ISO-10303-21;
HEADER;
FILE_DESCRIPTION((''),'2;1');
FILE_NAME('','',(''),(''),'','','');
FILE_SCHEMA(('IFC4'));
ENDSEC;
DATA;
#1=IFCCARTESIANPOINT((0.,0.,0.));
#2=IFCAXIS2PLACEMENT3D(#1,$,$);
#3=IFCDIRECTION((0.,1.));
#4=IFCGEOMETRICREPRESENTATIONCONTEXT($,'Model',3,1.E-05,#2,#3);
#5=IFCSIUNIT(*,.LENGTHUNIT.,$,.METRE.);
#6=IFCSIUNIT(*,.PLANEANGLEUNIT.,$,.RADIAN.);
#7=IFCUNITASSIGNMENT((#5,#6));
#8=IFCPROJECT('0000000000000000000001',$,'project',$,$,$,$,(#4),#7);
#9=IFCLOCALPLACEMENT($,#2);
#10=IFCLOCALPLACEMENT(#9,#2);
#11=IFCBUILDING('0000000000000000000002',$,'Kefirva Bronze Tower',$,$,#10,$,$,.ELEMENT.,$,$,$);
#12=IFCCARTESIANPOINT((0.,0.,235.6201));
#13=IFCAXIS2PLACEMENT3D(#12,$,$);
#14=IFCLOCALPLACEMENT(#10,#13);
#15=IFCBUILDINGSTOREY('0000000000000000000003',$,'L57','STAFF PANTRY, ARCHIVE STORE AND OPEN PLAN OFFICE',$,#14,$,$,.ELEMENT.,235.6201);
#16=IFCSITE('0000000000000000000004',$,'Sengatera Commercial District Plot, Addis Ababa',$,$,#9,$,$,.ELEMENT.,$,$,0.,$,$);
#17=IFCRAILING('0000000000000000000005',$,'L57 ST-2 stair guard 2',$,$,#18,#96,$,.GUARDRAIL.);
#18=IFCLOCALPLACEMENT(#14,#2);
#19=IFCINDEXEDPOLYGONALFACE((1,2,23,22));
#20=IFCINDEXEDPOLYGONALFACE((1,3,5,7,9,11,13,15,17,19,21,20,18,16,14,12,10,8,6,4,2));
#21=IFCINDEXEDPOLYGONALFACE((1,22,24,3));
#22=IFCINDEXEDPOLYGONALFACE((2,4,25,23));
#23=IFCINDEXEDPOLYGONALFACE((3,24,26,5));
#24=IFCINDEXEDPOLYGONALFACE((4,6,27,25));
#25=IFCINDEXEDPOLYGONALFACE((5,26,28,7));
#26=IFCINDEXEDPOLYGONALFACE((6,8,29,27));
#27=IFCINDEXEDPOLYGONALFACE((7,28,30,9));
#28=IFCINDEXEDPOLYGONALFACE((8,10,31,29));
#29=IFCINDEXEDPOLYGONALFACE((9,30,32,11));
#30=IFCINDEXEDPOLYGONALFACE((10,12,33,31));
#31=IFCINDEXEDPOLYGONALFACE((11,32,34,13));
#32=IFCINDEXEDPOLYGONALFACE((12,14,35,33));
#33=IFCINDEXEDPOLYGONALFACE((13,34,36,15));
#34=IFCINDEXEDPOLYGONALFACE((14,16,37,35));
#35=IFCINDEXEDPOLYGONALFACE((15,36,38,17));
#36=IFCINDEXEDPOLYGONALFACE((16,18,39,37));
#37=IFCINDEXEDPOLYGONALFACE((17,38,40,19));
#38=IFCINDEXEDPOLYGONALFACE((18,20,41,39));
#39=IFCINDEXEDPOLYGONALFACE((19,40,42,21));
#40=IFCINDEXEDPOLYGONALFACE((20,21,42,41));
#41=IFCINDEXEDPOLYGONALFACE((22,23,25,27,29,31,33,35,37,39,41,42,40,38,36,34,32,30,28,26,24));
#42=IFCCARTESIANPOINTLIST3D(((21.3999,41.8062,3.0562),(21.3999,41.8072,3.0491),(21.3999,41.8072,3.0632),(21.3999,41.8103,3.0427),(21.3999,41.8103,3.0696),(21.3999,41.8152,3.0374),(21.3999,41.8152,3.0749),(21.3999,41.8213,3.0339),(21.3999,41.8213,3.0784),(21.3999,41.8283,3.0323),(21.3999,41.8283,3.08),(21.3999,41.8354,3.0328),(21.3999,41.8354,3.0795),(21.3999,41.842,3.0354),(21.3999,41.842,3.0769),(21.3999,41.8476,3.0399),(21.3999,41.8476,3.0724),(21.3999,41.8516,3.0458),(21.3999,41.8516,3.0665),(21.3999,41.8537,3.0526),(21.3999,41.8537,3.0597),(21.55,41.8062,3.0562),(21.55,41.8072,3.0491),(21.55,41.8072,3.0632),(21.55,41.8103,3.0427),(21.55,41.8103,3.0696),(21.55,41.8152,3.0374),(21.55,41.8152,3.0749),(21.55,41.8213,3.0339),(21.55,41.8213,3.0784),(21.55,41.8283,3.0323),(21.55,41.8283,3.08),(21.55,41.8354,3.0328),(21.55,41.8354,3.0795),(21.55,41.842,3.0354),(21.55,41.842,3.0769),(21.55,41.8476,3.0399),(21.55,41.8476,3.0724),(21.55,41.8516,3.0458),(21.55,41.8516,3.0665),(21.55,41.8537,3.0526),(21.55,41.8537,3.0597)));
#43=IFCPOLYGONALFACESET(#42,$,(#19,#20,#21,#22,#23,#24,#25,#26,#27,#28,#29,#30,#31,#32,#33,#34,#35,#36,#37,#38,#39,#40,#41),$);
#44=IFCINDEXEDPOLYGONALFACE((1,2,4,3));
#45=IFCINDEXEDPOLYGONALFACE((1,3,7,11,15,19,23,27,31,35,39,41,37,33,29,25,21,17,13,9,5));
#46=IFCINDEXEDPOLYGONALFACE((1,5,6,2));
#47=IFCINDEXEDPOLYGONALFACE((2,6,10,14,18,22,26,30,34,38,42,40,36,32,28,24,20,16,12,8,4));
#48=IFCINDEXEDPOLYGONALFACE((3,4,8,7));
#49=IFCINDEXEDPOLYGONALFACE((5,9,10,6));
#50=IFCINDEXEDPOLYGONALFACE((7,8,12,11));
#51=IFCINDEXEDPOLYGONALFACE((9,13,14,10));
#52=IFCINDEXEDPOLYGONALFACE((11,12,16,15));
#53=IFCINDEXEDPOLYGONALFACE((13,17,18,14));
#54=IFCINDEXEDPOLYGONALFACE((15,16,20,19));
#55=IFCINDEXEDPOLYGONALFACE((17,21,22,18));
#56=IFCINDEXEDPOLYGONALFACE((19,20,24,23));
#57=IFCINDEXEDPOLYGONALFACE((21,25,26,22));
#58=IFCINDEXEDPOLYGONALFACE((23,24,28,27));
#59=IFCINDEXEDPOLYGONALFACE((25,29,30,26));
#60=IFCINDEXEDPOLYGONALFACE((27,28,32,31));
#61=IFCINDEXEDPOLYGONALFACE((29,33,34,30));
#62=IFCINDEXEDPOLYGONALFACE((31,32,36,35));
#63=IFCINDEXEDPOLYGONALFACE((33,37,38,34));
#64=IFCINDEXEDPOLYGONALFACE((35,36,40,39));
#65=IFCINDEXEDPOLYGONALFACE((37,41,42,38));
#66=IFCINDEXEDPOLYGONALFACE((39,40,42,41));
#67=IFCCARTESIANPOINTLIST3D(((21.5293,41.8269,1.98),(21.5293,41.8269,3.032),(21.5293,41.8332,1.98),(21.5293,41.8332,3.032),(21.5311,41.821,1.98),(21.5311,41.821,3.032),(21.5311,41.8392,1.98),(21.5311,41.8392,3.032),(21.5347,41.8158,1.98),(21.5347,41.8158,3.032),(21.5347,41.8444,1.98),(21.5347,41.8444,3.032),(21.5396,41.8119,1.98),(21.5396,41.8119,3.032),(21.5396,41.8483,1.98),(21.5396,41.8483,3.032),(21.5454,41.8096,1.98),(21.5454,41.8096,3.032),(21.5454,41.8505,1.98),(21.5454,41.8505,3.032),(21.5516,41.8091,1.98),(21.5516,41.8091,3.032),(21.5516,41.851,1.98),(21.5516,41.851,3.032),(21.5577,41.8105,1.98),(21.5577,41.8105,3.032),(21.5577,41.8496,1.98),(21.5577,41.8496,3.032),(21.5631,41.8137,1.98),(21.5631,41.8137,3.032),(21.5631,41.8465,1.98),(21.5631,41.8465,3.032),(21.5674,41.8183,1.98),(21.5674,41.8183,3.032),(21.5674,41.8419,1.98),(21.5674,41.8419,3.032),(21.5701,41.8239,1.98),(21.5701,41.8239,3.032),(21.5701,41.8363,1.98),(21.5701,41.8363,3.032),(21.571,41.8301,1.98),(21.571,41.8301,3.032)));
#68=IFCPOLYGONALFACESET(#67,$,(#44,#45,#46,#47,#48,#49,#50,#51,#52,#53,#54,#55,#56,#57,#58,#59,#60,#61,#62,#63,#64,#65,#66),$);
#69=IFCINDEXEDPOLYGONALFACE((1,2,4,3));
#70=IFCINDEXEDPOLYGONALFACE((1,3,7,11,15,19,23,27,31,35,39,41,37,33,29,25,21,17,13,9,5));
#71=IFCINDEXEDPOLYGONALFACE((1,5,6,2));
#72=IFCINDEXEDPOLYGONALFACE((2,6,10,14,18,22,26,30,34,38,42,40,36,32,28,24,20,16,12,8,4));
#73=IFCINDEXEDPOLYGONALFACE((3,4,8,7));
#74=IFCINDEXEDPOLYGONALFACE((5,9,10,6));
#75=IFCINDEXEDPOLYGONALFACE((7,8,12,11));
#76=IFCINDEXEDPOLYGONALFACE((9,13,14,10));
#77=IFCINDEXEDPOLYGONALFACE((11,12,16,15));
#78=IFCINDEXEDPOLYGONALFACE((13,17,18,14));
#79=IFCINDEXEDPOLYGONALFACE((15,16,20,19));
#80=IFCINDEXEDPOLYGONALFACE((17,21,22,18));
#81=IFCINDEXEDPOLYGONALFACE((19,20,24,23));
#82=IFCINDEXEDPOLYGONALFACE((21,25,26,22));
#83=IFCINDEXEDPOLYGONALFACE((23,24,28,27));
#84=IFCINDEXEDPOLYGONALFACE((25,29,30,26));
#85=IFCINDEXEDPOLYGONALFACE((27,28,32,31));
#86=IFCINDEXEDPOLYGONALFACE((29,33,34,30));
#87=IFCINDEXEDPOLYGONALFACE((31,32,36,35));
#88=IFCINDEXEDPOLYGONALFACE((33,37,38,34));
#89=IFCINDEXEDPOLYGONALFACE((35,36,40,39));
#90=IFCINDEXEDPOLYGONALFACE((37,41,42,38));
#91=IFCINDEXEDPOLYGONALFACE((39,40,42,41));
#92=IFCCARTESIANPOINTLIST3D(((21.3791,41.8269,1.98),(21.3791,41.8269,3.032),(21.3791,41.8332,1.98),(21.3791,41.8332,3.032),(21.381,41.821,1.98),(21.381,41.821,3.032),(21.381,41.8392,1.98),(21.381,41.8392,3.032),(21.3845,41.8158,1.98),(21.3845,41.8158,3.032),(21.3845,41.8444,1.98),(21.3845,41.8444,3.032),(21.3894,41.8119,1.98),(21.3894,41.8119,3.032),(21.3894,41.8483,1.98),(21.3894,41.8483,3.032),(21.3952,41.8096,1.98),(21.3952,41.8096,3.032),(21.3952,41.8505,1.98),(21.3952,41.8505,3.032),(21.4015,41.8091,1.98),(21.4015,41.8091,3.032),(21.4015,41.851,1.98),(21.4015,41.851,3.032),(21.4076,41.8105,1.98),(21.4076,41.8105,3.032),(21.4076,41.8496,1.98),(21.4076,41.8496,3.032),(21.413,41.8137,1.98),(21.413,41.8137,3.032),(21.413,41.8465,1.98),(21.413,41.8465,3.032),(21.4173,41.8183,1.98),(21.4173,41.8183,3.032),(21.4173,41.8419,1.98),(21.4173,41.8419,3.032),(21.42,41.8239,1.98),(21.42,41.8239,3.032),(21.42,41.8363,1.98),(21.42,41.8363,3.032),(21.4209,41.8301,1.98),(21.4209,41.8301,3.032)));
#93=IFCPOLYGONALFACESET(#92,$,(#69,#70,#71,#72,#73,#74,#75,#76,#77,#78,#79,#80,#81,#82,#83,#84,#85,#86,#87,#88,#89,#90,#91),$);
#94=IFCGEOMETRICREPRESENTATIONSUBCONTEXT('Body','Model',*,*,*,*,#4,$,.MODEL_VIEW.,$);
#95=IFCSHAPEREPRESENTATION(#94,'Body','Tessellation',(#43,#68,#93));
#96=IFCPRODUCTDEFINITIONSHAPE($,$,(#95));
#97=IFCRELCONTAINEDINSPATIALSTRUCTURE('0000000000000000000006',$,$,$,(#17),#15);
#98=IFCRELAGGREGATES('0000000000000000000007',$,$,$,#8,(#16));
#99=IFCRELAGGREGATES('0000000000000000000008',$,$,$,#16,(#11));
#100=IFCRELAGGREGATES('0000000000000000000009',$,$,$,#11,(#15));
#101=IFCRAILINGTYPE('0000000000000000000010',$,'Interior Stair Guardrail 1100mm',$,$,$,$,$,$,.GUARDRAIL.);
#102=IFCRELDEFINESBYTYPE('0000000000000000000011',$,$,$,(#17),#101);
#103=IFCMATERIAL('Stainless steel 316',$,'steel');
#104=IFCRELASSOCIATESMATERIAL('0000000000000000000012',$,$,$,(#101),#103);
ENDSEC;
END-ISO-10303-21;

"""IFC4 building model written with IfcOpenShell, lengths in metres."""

from ifc_helpers import new_model, si_unit, direction, frame, origin, origin_2d, place, context, subcontext, project, spatial, circle, extrude, material, type_object, element, save


model = new_model("IFC4")

# Units and contexts
model_context = context("Model", 3, precision=1e-05, world=origin(), true_north=direction((0.0, 1.0)))
body_context = subcontext(model_context, "Body", "Model", "MODEL_VIEW")
ifc_project = project(units=[si_unit("LENGTHUNIT", "METRE"), si_unit("PLANEANGLEUNIT", "RADIAN")], contexts=[model_context])

# Site, building, storey
site_placement = place(None, origin())
site = spatial("IfcSite", under=ifc_project, at=site_placement, Name="Sengatera Commercial District Plot, Addis Ababa", CompositionType="ELEMENT", RefElevation=0.0)
building_placement = place(site_placement, origin())
building = spatial("IfcBuilding", under=site, at=building_placement, Name="Kefirva Bronze Tower", CompositionType="ELEMENT")
storey_placement = place(building_placement, frame((0.0, 0.0, 235.6201)))
storey = spatial("IfcBuildingStorey", under=building, at=storey_placement, Name="L57", Description="STAFF PANTRY, ARCHIVE STORE AND OPEN PLAN OFFICE", CompositionType="ELEMENT", Elevation=235.6201)

# Shared definitions
ifc_material_1 = material(Name="Stainless steel 316", Category="steel")

# Railing
railing_type_1 = type_object("IfcRailingType", Name="Interior Stair Guardrail 1100mm", PredefinedType="GUARDRAIL", material=ifc_material_1)
railing_1_placement = place(storey_placement, frame((21.55, 41.8301, 1.98)))
element("IfcRailing", 1, at=railing_1_placement, inside=storey, type_object=railing_type_1, Name="L57 ST-2 stair guard 2", PredefinedType="GUARDRAIL", context=body_context, shape_type="SweptSolid", body=[
    extrude(circle(Radius=0.0239, at=origin_2d()), frame((0.0, 0.0, 1.0762), z_axis=(-1.0, 0.0, 0.0), x_axis=(0.0, -1.0, 0.0)), (0.0, 0.0, 1.0), 0.1501),
    extrude(circle(Radius=0.021, at=origin_2d()), origin(), (0.0, 0.0, 1.0), 1.052),
    extrude(circle(Radius=0.021, at=origin_2d()), frame((-0.1501, 0.0, 0.0)), (0.0, 0.0, 1.0), 1.052),
])

save(model, "model.ifc")
